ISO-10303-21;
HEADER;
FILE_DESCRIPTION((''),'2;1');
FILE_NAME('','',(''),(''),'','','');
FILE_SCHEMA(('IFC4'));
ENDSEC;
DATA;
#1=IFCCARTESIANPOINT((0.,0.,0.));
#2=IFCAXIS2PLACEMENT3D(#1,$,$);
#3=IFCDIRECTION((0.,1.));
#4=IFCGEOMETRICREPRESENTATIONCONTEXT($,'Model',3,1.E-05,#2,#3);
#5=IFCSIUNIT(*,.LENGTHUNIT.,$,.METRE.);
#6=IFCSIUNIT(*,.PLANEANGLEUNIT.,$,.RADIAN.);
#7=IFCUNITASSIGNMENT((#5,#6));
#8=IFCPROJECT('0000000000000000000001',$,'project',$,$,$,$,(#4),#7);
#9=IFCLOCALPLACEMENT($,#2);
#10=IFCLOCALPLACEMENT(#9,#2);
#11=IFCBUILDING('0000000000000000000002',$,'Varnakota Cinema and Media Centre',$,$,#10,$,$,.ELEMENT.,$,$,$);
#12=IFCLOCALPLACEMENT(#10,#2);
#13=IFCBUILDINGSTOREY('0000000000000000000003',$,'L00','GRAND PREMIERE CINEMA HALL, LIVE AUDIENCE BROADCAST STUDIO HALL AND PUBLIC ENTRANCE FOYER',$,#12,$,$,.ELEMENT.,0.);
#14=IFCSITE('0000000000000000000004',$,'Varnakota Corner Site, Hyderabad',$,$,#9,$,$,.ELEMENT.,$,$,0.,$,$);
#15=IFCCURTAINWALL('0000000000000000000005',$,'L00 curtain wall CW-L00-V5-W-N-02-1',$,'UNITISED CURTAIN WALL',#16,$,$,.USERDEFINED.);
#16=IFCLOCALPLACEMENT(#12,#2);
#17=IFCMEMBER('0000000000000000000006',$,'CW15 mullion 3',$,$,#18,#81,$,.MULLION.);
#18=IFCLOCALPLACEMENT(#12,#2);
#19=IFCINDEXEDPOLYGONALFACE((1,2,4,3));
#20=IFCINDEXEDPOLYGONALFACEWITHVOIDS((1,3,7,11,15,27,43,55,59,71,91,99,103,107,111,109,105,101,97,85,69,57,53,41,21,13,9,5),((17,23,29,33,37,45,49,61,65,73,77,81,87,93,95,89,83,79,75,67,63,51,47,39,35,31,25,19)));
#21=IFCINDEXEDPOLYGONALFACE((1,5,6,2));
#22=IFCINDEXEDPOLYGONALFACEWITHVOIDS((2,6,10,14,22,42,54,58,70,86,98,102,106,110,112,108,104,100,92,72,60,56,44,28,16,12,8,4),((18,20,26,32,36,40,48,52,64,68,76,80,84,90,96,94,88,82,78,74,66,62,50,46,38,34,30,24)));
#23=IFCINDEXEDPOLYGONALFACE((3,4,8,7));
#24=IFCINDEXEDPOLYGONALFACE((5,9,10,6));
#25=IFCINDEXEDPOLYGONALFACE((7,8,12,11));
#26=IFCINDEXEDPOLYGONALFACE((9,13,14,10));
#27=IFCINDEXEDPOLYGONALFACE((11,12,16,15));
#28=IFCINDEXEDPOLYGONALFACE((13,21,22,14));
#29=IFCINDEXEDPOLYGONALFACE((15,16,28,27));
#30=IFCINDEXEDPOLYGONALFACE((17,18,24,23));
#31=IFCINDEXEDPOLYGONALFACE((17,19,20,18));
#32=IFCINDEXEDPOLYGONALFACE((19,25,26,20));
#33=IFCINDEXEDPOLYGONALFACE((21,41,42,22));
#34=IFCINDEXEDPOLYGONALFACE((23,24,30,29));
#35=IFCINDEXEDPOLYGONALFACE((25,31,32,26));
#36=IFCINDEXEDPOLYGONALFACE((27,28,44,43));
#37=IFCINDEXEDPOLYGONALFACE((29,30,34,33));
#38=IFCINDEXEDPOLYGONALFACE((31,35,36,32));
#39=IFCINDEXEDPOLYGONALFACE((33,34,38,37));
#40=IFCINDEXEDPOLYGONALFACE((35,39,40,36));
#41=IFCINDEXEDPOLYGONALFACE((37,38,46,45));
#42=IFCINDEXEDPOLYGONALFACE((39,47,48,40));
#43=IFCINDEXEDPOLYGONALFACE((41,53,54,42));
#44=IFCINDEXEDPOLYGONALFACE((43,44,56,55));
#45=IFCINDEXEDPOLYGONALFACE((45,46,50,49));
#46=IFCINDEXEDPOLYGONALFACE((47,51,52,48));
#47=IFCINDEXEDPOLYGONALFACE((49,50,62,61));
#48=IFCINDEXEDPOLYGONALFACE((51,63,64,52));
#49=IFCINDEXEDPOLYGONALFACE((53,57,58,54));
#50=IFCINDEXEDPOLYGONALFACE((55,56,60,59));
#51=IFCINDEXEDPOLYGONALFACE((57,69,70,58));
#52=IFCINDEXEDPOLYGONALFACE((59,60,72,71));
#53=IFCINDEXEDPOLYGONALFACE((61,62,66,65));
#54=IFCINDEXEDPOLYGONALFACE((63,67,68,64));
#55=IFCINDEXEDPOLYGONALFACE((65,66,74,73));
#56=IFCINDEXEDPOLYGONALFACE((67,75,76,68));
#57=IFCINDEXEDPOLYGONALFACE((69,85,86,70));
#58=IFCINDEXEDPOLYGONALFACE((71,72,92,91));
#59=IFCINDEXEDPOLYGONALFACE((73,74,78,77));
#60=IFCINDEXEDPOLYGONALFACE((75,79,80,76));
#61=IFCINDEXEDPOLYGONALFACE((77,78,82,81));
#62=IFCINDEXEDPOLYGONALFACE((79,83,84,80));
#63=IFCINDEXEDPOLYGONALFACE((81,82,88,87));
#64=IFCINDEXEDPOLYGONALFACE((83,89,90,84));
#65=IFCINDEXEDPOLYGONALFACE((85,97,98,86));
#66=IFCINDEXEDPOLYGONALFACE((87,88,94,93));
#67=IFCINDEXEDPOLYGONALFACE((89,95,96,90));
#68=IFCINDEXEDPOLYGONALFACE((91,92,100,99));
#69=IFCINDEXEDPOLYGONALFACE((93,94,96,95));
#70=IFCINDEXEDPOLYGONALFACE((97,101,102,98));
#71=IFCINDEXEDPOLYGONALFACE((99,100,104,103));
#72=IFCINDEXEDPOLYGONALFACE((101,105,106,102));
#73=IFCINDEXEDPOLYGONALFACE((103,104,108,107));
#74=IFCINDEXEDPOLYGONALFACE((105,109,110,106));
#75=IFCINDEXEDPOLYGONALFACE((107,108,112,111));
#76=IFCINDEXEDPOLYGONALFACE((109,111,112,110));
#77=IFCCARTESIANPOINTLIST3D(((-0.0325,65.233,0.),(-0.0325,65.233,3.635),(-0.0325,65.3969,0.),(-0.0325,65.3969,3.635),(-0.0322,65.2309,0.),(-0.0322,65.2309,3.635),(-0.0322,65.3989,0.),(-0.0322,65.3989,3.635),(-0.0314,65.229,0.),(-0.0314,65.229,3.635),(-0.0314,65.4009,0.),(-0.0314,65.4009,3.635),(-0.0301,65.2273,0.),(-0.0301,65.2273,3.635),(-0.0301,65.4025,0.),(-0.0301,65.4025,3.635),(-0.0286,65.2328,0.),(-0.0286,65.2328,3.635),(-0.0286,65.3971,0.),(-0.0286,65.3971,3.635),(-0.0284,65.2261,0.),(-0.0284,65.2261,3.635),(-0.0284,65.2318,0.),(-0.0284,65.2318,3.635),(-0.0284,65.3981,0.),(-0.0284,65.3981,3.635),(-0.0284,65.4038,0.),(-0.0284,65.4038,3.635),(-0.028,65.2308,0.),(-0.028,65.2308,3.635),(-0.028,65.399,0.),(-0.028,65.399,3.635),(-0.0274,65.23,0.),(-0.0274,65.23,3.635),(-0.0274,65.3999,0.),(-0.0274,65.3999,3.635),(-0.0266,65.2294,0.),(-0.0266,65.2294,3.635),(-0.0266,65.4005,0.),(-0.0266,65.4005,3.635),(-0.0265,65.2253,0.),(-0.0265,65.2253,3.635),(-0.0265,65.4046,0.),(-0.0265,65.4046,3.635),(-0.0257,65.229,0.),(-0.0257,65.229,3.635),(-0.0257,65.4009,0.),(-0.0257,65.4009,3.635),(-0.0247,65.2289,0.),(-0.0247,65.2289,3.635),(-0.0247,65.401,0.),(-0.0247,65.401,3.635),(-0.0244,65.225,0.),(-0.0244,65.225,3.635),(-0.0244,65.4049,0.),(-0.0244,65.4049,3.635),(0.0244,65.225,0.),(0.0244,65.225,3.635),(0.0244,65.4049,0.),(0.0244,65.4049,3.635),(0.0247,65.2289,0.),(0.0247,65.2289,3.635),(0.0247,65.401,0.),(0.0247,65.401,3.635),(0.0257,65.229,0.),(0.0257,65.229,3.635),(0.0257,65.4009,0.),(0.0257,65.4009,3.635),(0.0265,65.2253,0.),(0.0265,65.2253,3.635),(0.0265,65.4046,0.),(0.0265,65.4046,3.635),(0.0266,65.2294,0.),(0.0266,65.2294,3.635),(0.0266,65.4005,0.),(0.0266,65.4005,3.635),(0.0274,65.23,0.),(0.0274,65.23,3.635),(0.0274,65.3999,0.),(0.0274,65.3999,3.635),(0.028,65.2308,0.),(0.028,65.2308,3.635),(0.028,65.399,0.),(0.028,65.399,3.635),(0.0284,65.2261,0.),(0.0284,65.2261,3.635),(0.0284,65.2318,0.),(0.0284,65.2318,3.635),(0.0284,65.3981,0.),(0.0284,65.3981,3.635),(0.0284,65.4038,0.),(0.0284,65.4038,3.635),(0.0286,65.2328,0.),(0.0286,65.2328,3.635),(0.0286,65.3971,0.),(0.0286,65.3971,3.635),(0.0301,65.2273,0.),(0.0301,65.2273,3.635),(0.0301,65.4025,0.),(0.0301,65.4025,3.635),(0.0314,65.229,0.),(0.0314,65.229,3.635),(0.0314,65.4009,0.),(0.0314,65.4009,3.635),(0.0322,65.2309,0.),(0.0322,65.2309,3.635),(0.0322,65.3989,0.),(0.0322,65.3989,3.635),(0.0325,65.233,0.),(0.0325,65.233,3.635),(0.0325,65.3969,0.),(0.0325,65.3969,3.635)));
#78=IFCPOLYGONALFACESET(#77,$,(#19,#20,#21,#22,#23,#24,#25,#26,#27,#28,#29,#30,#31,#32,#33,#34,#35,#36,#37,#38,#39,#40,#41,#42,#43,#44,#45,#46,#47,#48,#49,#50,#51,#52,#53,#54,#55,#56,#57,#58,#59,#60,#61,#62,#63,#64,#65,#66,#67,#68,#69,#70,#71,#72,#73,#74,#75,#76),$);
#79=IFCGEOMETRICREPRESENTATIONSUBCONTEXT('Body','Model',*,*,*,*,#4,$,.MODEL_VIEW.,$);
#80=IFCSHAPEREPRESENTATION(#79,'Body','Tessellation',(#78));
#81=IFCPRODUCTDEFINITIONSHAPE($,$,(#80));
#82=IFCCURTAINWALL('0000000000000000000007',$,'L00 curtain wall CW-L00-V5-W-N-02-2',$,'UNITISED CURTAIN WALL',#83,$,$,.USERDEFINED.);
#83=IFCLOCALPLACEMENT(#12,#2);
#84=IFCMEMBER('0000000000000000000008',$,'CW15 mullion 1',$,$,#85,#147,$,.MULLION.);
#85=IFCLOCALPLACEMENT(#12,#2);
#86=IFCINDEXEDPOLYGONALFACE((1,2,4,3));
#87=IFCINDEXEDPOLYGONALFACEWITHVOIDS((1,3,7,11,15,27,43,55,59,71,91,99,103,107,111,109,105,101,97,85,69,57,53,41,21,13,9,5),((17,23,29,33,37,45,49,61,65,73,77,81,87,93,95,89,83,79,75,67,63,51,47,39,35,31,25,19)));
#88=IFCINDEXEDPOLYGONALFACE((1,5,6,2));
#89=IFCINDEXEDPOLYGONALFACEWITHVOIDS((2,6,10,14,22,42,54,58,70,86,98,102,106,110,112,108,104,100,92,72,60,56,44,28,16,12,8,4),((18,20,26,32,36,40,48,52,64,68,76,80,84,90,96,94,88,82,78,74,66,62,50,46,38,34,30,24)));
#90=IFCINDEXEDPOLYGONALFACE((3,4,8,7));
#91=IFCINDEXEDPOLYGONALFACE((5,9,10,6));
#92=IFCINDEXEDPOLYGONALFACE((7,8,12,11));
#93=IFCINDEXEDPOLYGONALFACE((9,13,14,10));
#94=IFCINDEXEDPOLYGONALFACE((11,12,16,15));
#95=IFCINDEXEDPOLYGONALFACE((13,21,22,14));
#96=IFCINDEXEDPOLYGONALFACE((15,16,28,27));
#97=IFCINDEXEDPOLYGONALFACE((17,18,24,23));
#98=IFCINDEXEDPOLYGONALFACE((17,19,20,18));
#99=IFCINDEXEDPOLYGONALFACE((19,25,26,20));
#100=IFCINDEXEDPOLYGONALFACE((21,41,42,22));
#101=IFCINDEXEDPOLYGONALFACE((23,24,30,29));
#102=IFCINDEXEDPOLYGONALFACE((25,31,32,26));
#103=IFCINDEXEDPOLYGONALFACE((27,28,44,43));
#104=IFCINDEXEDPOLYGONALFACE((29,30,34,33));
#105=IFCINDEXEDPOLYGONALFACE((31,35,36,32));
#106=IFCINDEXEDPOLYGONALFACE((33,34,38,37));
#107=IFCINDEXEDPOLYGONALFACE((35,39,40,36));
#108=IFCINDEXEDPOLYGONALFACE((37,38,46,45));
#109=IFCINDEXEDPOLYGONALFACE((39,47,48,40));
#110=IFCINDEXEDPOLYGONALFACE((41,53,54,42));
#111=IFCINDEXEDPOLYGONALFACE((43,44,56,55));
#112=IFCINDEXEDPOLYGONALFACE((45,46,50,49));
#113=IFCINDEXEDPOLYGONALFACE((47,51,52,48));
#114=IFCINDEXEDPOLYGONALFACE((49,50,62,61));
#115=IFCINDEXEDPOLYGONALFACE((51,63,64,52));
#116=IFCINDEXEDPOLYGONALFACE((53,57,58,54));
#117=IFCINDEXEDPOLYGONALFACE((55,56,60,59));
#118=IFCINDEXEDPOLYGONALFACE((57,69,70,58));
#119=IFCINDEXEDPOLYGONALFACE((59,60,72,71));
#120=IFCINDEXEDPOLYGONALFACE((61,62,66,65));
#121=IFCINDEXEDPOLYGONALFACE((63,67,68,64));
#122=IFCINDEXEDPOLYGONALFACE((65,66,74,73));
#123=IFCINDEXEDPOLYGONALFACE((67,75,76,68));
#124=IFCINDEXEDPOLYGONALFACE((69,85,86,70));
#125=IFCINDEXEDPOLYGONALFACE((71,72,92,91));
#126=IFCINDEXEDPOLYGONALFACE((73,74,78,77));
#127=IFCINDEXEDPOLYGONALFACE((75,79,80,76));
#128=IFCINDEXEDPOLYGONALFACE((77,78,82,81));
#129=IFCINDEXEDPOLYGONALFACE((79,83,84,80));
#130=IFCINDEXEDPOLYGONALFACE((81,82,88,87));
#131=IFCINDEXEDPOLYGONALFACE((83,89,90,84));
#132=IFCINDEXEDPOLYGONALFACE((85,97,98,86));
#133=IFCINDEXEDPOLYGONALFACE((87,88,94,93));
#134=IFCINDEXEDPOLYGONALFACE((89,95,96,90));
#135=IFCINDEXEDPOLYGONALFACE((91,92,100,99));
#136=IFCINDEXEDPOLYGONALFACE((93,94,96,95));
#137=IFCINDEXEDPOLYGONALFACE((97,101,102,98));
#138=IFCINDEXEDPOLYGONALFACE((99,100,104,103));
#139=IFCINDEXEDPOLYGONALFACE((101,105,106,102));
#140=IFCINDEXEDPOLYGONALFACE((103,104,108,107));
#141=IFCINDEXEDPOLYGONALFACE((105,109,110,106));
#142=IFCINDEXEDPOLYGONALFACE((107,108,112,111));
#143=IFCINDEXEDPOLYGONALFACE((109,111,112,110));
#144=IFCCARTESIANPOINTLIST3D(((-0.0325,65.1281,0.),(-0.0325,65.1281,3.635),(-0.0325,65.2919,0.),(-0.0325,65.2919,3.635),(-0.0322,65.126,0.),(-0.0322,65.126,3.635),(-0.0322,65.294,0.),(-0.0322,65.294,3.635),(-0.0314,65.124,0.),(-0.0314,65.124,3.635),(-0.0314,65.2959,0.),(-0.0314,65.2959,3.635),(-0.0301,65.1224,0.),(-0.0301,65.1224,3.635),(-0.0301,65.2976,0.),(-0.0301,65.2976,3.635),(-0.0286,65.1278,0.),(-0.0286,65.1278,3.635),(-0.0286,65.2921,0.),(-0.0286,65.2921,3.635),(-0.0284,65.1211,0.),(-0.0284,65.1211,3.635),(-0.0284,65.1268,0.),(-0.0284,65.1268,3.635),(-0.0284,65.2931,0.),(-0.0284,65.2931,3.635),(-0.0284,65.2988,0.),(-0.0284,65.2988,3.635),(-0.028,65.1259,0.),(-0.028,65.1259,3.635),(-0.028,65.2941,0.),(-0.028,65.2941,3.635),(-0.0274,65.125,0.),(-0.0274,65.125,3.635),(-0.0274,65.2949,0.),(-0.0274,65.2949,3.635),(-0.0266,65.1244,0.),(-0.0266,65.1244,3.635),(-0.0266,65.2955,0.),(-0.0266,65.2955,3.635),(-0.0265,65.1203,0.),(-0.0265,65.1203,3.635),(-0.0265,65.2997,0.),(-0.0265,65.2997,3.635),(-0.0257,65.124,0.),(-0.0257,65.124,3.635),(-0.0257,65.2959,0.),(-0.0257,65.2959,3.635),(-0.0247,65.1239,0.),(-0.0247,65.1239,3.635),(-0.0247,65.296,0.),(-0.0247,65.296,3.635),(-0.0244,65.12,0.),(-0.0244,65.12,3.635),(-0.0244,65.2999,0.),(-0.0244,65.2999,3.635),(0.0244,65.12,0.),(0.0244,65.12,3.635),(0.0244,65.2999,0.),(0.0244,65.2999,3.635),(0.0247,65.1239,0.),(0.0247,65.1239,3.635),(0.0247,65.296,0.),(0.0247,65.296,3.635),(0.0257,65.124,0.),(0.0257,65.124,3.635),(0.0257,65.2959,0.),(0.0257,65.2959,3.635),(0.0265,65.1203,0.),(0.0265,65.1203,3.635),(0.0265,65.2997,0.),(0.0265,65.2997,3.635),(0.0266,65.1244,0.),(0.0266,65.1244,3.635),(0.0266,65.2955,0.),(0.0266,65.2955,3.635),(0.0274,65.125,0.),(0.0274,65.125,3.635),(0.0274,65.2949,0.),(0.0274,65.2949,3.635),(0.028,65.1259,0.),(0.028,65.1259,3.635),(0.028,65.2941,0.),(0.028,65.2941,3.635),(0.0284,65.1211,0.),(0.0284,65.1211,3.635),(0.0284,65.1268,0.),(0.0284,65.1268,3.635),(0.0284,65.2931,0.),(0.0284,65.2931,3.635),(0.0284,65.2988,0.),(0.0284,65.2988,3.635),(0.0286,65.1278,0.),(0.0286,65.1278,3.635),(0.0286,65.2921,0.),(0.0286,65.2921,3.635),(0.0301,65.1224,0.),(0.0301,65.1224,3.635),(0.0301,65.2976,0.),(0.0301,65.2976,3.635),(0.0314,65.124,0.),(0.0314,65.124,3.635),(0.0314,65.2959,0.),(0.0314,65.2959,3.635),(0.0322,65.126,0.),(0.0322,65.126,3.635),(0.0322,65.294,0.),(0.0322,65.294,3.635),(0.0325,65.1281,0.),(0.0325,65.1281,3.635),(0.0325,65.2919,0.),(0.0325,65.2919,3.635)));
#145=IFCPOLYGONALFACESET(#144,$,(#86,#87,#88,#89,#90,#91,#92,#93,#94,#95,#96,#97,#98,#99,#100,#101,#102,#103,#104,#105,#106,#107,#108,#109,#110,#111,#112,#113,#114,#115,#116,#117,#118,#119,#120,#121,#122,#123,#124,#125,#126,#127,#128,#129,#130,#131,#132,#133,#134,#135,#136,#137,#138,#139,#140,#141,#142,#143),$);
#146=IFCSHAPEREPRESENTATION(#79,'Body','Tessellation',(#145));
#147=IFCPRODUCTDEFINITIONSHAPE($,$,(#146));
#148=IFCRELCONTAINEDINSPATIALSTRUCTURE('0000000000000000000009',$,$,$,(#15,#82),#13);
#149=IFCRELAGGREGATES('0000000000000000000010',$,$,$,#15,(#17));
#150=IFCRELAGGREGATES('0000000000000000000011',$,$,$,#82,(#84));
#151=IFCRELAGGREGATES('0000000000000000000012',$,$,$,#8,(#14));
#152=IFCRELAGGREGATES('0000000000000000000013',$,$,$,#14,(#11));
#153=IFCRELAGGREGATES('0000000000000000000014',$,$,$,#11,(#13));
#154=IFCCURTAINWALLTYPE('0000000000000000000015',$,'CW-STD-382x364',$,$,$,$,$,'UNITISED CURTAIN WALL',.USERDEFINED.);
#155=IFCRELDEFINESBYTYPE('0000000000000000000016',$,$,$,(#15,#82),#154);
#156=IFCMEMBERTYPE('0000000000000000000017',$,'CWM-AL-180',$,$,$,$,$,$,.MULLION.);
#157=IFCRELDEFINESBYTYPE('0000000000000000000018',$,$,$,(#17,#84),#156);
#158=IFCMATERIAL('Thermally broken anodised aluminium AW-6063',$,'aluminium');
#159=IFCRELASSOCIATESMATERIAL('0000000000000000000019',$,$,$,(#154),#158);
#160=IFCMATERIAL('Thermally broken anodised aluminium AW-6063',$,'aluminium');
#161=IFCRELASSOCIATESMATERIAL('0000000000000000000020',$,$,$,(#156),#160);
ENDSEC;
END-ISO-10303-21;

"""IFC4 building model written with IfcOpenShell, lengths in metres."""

from ifc_helpers import new_model, si_unit, direction, frame, origin, origin_2d, place, context, subcontext, project, spatial, hollow_rectangle, extrude, material, material_profile, profile_set, type_object, element, aggregate, save


model = new_model("IFC4")

# Units and contexts
model_context = context("Model", 3, precision=1e-05, world=origin(), true_north=direction((0.0, 1.0)))
body_context = subcontext(model_context, "Body", "Model", "MODEL_VIEW")
ifc_project = project(units=[si_unit("LENGTHUNIT", "METRE"), si_unit("PLANEANGLEUNIT", "RADIAN")], contexts=[model_context])

# Site, building, storey
site_placement = place(None, origin())
site = spatial("IfcSite", under=ifc_project, at=site_placement, Name="Varnakota Corner Site, Hyderabad", CompositionType="ELEMENT", RefElevation=0.0)
building_placement = place(site_placement, origin())
building = spatial("IfcBuilding", under=site, at=building_placement, Name="Varnakota Cinema and Media Centre", CompositionType="ELEMENT")
storey_placement = place(building_placement, origin())
storey = spatial("IfcBuildingStorey", under=building, at=storey_placement, Name="L00", Description="GRAND PREMIERE CINEMA HALL, LIVE AUDIENCE BROADCAST STUDIO HALL AND PUBLIC ENTRANCE FOYER", CompositionType="ELEMENT", Elevation=0.0)

# Curtain wall, member
ifc_material_1 = material(Name="Thermally broken anodised aluminium AW-6063", Category="aluminium")
curtain_wall_type = type_object("IfcCurtainWallType", Name="CW-STD-382x364", ElementType="UNITISED CURTAIN WALL", PredefinedType="USERDEFINED", material=ifc_material_1)
curtain_wall_1_placement = place(storey_placement, origin())
curtain_wall_1 = element("IfcCurtainWall", 1, at=curtain_wall_1_placement, inside=storey, type_object=curtain_wall_type, Name="L00 curtain wall CW-L00-V5-W-N-02-1", ObjectType="UNITISED CURTAIN WALL", PredefinedType="USERDEFINED")
ifc_material_2 = material(Name="Thermally broken anodised aluminium AW-6063", Category="aluminium")
ifc_material_profile_1 = material_profile(ifc_material_2, hollow_rectangle(XDim=0.0649, YDim=0.1799, WallThickness=0.0039, InnerFilletRadius=0.0039, OuterFilletRadius=0.0081, at=origin_2d()), Name="AL-MULLION 180x65x4")
ifc_profile_set_1 = profile_set([ifc_material_profile_1], Name="Thermally broken anodised aluminium AW-6063")
member_type_1 = type_object("IfcMemberType", Name="CWM-AL-180", PredefinedType="MULLION", material=ifc_profile_set_1)
member_1_placement = place(storey_placement, frame((0.0, 65.3149, 0.0), z_axis=(0.0, 0.0, 1.0), x_axis=(1.0, 0.0, 0.0)))
member_1 = element("IfcMember", 2, at=member_1_placement, type_object=member_type_1, Name="CW15 mullion 3", PredefinedType="MULLION", context=body_context, shape_type="SweptSolid", body=[
    extrude(hollow_rectangle(XDim=0.0649, YDim=0.1799, WallThickness=0.0039, InnerFilletRadius=0.0039, OuterFilletRadius=0.0081, at=origin_2d()), origin(), (0.0, 0.0, 1.0), 3.635),
])

# Curtain wall, member
curtain_wall_2_placement = place(storey_placement, origin())
curtain_wall_2 = element("IfcCurtainWall", 3, at=curtain_wall_2_placement, inside=storey, type_object=curtain_wall_type, Name="L00 curtain wall CW-L00-V5-W-N-02-2", ObjectType="UNITISED CURTAIN WALL", PredefinedType="USERDEFINED")
member_2_placement = place(storey_placement, frame((0.0, 65.21, 0.0), z_axis=(0.0, 0.0, 1.0), x_axis=(1.0, 0.0, 0.0)))
member_2 = element("IfcMember", 4, at=member_2_placement, type_object=member_type_1, Name="CW15 mullion 1", PredefinedType="MULLION", context=body_context, shape_type="SweptSolid", body=[
    extrude(hollow_rectangle(XDim=0.0649, YDim=0.1799, WallThickness=0.0039, InnerFilletRadius=0.0039, OuterFilletRadius=0.0081, at=origin_2d()), origin(), (0.0, 0.0, 1.0), 3.635),
])

aggregate(curtain_wall_1, [member_1])
aggregate(curtain_wall_2, [member_2])

save(model, "model.ifc")
